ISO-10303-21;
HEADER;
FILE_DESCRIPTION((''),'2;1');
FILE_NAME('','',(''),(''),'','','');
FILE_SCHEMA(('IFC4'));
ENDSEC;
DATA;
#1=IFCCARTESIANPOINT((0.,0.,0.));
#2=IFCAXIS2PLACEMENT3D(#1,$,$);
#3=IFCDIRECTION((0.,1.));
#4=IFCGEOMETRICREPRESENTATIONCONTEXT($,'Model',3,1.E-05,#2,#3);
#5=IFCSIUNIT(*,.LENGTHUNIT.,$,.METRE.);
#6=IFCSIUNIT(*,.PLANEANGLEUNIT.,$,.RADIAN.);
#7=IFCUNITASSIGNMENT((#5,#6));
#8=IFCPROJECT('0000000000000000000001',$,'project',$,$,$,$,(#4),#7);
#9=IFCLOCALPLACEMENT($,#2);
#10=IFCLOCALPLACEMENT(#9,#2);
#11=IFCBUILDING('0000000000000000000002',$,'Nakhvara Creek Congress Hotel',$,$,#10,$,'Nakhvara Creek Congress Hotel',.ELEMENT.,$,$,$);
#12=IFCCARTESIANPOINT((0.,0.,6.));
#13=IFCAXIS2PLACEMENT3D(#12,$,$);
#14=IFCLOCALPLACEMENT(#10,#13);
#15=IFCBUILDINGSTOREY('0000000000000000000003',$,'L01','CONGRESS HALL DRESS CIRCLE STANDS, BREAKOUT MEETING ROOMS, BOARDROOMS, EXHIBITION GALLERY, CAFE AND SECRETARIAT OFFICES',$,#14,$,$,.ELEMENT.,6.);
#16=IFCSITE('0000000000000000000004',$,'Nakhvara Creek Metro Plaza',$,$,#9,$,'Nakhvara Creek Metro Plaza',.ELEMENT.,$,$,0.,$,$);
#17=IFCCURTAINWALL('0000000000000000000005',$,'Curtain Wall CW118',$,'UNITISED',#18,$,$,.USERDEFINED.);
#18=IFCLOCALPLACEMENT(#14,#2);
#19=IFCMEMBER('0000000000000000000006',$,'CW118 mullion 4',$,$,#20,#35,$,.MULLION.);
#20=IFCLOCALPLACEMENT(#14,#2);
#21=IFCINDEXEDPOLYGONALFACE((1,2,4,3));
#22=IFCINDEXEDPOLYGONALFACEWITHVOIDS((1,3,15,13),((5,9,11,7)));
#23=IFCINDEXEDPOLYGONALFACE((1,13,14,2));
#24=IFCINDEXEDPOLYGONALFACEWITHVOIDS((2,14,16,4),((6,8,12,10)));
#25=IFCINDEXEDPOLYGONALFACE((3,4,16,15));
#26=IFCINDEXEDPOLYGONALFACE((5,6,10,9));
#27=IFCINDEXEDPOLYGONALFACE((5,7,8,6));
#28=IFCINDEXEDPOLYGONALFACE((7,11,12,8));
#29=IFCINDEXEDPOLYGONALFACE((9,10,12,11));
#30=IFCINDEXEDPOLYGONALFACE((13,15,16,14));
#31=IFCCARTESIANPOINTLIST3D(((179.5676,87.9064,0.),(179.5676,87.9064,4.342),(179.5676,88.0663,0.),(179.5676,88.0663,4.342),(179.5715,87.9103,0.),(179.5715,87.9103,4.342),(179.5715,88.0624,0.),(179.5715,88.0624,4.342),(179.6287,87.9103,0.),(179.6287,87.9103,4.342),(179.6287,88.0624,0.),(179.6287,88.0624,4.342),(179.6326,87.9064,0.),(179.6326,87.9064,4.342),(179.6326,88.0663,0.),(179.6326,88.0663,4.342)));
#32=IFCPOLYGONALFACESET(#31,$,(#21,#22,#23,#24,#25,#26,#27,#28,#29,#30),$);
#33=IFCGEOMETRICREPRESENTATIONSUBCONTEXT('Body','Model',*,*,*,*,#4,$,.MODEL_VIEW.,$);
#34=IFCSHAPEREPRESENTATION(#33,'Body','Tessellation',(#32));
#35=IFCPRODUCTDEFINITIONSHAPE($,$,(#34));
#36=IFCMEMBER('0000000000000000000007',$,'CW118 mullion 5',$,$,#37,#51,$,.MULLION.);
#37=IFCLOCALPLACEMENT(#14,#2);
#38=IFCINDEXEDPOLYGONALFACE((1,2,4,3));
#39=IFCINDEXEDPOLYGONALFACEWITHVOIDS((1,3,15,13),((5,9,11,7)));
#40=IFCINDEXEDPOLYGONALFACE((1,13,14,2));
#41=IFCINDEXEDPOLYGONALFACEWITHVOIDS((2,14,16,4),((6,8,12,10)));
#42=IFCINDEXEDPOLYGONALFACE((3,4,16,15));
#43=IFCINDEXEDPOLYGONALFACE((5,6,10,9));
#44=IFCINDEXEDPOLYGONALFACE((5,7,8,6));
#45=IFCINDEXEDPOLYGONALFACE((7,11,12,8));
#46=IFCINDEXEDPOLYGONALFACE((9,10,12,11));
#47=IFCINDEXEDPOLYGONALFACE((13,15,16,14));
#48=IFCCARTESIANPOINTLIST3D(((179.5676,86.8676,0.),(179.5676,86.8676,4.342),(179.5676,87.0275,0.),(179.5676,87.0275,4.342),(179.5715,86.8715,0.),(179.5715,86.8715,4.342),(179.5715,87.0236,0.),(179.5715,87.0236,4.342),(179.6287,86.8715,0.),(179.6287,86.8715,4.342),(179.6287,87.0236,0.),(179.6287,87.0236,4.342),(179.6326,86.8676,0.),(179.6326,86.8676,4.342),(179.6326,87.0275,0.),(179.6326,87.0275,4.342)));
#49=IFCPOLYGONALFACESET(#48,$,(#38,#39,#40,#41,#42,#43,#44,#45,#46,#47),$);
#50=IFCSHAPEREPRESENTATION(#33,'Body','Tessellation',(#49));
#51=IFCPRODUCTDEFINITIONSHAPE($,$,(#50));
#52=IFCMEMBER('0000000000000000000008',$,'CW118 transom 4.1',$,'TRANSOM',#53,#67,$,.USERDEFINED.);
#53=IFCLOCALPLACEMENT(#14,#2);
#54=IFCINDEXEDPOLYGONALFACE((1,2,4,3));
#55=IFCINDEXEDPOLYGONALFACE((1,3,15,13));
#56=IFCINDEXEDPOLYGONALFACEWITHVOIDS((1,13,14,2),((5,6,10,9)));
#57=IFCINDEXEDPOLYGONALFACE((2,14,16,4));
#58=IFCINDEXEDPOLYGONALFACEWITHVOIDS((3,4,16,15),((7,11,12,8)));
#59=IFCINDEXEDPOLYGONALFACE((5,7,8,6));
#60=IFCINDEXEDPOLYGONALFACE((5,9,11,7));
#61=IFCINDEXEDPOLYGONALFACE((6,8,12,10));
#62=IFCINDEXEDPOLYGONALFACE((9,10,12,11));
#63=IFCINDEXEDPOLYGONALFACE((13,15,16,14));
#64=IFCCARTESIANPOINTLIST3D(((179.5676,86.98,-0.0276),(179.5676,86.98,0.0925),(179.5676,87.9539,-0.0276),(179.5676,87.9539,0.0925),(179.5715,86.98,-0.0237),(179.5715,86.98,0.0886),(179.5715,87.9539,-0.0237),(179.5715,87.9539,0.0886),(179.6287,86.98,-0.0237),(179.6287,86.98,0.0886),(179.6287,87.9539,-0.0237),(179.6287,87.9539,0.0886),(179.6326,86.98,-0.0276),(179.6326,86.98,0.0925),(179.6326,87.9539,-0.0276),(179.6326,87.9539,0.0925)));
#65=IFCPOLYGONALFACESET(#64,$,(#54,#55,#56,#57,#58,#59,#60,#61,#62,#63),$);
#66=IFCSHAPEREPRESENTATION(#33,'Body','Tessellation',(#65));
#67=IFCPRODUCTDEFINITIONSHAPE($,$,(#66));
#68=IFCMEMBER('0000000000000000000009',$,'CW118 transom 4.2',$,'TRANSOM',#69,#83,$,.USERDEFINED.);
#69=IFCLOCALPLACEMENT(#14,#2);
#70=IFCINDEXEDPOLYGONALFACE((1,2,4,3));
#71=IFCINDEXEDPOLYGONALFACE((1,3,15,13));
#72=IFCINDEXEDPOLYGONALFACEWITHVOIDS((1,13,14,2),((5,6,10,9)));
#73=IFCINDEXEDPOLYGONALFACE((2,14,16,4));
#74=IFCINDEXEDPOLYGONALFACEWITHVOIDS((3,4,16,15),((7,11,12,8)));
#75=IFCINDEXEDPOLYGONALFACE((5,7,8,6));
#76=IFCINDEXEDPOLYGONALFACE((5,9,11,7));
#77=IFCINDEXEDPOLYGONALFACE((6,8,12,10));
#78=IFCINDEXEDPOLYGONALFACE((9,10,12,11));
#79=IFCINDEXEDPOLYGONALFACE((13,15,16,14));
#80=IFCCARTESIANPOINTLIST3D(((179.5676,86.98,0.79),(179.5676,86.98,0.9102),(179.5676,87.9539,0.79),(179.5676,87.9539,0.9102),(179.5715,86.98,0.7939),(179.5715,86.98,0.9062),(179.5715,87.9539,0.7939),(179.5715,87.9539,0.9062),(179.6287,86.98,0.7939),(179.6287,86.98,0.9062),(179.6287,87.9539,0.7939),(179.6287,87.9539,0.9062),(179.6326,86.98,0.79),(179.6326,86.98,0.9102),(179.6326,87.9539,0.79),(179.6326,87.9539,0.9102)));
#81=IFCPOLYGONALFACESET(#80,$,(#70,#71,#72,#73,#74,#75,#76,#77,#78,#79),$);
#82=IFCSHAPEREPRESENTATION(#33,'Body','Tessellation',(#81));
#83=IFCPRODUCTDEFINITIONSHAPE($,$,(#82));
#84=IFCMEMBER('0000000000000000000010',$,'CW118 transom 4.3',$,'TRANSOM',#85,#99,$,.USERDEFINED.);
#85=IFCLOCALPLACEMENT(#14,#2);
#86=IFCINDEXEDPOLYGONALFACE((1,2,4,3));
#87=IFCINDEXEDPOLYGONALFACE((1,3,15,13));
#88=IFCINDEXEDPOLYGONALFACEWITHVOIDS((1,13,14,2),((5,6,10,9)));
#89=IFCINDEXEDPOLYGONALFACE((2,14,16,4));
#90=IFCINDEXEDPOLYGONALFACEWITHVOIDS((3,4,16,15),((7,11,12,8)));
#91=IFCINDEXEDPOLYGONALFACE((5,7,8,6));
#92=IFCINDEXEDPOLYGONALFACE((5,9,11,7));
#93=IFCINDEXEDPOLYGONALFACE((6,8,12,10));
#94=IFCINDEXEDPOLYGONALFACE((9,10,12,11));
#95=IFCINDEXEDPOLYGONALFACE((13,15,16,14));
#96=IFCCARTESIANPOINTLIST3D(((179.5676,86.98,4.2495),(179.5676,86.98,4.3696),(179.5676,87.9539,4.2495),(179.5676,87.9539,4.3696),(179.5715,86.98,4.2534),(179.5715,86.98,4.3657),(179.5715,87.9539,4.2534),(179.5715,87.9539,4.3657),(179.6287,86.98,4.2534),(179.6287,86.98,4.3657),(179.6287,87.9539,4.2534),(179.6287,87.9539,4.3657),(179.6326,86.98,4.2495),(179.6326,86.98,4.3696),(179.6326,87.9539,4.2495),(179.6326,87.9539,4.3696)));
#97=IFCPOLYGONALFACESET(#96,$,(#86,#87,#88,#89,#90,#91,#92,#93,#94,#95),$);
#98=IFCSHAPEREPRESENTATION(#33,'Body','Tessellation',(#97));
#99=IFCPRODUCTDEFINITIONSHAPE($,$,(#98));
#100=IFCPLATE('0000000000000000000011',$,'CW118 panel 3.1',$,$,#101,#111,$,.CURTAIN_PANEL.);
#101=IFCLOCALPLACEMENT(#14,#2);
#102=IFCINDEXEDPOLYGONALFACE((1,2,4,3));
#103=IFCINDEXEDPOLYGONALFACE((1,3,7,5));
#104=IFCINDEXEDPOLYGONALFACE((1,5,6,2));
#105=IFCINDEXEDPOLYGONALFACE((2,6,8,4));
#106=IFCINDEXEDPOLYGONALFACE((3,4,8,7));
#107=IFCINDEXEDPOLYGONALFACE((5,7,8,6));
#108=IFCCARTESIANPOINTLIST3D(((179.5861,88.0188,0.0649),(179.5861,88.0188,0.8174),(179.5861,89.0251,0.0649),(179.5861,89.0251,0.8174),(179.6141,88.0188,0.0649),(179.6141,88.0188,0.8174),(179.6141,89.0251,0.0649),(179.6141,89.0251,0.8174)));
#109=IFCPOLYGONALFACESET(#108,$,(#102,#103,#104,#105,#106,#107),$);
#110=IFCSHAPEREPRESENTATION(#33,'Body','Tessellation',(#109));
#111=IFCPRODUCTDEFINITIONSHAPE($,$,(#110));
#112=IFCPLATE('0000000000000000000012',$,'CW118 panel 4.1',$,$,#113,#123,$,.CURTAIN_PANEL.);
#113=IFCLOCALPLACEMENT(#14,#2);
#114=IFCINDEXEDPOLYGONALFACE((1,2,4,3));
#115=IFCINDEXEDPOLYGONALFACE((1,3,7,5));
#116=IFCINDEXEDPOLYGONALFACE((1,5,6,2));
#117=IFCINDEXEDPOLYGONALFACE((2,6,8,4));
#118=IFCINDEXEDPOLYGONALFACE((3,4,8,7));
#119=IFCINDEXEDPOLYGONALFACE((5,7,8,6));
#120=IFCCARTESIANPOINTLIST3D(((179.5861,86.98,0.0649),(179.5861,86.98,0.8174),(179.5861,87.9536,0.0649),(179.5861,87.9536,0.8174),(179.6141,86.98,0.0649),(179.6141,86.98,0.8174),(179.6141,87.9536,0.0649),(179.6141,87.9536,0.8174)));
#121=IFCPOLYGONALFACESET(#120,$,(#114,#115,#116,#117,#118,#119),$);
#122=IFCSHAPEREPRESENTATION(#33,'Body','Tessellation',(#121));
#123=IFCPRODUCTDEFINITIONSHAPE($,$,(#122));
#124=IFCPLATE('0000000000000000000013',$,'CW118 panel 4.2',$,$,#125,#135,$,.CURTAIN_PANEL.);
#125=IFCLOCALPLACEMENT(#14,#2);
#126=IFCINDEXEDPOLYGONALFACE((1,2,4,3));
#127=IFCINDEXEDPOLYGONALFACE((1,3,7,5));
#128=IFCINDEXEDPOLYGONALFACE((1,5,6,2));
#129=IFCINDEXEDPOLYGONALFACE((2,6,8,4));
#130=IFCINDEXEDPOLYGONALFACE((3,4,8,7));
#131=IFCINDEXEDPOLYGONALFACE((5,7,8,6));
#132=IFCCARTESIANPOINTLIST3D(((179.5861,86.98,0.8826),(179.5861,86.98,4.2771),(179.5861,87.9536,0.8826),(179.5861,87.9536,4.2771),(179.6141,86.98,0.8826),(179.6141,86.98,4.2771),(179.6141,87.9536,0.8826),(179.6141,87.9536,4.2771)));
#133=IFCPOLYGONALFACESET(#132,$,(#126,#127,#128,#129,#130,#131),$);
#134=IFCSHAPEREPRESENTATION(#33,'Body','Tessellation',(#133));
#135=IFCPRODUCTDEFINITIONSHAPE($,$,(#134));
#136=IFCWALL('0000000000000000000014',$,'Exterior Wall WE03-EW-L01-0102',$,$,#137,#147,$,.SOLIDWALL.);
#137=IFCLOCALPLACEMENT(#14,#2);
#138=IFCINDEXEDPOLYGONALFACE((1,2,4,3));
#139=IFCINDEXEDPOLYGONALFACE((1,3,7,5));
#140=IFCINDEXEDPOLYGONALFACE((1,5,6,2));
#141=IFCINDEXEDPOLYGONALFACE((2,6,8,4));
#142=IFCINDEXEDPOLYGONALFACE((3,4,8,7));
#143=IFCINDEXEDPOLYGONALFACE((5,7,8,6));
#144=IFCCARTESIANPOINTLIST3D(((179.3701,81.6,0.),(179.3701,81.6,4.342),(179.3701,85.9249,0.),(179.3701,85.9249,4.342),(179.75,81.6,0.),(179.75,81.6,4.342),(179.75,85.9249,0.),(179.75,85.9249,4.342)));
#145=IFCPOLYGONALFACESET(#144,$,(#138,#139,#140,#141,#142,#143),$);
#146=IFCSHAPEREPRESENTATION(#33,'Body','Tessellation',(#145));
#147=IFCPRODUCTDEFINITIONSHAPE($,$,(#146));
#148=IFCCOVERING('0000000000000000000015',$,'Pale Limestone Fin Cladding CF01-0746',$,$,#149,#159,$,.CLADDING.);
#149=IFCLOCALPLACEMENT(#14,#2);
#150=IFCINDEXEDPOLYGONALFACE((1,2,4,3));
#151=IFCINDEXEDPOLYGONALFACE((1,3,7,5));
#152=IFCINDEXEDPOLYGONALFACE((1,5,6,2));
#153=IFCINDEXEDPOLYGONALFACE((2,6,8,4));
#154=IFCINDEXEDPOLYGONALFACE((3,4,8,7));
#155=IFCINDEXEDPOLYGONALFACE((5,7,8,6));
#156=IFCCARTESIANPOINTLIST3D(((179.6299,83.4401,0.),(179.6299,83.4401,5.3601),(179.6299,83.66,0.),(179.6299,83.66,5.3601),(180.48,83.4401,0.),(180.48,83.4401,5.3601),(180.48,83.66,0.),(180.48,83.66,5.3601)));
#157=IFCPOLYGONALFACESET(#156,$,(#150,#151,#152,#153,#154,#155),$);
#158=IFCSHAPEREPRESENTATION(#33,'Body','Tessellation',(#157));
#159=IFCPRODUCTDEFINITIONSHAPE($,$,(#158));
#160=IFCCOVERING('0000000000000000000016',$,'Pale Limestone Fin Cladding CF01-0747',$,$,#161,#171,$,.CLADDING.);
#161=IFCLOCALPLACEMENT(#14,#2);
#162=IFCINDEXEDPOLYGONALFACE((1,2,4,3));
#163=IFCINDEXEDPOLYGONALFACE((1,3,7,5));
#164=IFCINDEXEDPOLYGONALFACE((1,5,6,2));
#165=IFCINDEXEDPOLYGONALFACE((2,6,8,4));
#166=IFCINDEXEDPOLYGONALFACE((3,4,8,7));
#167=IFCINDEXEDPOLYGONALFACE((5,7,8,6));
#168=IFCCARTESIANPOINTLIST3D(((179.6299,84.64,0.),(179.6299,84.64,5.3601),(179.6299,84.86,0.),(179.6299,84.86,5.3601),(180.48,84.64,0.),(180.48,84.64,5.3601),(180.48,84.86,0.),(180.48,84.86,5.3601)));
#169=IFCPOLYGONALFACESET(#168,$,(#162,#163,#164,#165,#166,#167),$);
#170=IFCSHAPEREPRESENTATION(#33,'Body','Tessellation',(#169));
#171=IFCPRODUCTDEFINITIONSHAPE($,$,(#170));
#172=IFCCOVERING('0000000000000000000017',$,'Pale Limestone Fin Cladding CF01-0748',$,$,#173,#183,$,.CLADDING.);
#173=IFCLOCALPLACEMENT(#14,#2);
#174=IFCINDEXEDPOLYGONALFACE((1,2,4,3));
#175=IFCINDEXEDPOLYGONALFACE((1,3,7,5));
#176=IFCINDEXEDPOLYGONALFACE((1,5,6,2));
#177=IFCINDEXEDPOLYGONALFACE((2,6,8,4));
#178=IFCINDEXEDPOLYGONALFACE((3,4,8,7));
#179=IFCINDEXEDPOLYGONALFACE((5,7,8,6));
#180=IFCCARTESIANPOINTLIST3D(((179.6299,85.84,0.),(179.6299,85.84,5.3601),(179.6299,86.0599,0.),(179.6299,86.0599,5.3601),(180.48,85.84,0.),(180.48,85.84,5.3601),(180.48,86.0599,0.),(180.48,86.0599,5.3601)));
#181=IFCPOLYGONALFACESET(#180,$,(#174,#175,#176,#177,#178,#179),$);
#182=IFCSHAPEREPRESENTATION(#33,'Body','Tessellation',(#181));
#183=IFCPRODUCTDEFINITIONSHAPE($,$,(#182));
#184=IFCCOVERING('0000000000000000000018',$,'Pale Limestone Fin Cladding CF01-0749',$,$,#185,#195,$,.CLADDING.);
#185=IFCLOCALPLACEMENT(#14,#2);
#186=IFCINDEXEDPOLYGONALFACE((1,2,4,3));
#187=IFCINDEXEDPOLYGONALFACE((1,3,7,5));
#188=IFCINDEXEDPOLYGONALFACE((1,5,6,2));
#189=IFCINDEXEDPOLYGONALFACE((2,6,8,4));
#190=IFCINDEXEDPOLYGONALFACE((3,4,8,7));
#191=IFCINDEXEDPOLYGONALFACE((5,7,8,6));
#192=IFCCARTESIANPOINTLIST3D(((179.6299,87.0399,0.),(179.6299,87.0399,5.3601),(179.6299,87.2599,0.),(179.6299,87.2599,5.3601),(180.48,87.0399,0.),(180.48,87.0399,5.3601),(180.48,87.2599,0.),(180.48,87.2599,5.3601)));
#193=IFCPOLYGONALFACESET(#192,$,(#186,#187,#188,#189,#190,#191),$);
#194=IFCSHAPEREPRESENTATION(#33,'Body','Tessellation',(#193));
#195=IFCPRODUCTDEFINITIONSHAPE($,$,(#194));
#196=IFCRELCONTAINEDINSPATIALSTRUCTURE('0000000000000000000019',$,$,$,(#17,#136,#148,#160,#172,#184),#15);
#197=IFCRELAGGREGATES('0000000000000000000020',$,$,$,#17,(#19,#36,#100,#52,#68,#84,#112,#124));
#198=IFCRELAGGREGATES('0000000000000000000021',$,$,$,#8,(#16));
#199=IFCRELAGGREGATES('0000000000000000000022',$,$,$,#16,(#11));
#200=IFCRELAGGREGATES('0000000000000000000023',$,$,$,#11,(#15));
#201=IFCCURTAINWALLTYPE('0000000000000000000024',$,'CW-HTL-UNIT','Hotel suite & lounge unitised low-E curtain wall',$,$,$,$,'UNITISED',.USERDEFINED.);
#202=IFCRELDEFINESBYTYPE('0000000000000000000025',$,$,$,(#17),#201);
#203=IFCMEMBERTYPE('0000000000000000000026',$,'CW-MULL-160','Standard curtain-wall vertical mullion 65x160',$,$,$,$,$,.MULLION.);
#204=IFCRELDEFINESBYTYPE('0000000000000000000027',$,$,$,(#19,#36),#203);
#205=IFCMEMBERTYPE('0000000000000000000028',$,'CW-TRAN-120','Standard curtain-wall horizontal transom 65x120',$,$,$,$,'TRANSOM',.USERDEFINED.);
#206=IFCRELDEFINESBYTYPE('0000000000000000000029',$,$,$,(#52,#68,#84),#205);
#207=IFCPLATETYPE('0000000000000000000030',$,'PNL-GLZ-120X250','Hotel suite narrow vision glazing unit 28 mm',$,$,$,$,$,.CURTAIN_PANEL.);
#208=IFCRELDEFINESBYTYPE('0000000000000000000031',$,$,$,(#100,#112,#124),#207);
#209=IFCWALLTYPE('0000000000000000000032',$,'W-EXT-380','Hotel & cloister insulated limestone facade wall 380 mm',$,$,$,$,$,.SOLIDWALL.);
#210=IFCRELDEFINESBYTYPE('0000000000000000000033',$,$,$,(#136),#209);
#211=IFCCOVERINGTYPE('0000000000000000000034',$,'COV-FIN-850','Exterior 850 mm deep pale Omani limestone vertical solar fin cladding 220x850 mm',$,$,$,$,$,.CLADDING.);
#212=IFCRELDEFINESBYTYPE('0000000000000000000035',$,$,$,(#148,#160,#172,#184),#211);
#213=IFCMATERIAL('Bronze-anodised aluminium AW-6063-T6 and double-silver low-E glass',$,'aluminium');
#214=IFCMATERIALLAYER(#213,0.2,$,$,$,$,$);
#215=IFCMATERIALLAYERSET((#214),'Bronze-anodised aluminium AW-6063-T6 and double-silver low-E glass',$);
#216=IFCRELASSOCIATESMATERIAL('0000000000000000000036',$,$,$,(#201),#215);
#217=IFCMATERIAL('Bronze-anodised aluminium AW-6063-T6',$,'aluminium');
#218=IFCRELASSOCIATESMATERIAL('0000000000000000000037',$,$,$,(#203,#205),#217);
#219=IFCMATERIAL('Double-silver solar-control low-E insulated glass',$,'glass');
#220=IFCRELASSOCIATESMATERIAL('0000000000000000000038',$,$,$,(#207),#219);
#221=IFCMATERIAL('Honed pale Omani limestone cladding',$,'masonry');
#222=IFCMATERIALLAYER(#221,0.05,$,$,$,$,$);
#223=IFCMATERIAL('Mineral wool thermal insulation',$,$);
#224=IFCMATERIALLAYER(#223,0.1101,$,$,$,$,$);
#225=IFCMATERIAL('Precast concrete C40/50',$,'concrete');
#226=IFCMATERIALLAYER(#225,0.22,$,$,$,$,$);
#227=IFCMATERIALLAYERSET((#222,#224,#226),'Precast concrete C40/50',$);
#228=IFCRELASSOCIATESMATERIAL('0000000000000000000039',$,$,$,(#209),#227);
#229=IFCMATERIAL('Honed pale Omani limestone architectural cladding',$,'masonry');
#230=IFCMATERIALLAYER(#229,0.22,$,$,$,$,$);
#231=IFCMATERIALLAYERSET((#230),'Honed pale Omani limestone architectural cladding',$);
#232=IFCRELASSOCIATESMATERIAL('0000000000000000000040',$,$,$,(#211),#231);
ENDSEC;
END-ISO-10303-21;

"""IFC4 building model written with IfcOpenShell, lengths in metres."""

from ifc_helpers import new_model, si_unit, direction, frame, frame_2d, origin, origin_2d, place, context, subcontext, project, spatial, rectangle, hollow_rectangle, extrude, material, layer, layer_set, material_profile, profile_set, type_object, element, aggregate, save


model = new_model("IFC4")

# Units and contexts
model_context = context("Model", 3, precision=1e-05, world=origin(), true_north=direction((0.0, 1.0)))
body_context = subcontext(model_context, "Body", "Model", "MODEL_VIEW")
ifc_project = project(units=[si_unit("LENGTHUNIT", "METRE"), si_unit("PLANEANGLEUNIT", "RADIAN")], contexts=[model_context])

# Site, building, storey
site_placement = place(None, origin())
site = spatial("IfcSite", under=ifc_project, at=site_placement, Name="Nakhvara Creek Metro Plaza", LongName="Nakhvara Creek Metro Plaza", CompositionType="ELEMENT", RefElevation=0.0)
building_placement = place(site_placement, origin())
building = spatial("IfcBuilding", under=site, at=building_placement, Name="Nakhvara Creek Congress Hotel", LongName="Nakhvara Creek Congress Hotel", CompositionType="ELEMENT")
storey_placement = place(building_placement, frame((0.0, 0.0, 6.0)))
storey = spatial("IfcBuildingStorey", under=building, at=storey_placement, Name="L01", Description="CONGRESS HALL DRESS CIRCLE STANDS, BREAKOUT MEETING ROOMS, BOARDROOMS, EXHIBITION GALLERY, CAFE AND SECRETARIAT OFFICES", CompositionType="ELEMENT", Elevation=6.0)

# Curtain wall, members, plates
ifc_material_1 = material(Name="Bronze-anodised aluminium AW-6063-T6 and double-silver low-E glass", Category="aluminium")
ifc_layer_1 = layer(ifc_material_1, 0.2)
ifc_layer_set_1 = layer_set([ifc_layer_1], Name="Bronze-anodised aluminium AW-6063-T6 and double-silver low-E glass")
curtain_wall_type = type_object("IfcCurtainWallType", Name="CW-HTL-UNIT", Description="Hotel suite & lounge unitised low-E curtain wall", ElementType="UNITISED", PredefinedType="USERDEFINED", material=ifc_layer_set_1)
curtain_wall_placement = place(storey_placement, origin())
curtain_wall = element("IfcCurtainWall", 1, at=curtain_wall_placement, inside=storey, type_object=curtain_wall_type, Name="Curtain Wall CW118", ObjectType="UNITISED", PredefinedType="USERDEFINED")
ifc_material_2 = material(Name="Bronze-anodised aluminium AW-6063-T6", Category="aluminium")
ifc_material_profile_1 = material_profile(ifc_material_2, hollow_rectangle(XDim=0.0649, YDim=0.1599, WallThickness=0.0039, at=origin_2d()), Name="ALU-MULL 65x160x4", Category="LoadBearing")
ifc_profile_set_1 = profile_set([ifc_material_profile_1], Name="Bronze-anodised aluminium AW-6063-T6")
member_type_1 = type_object("IfcMemberType", Name="CW-MULL-160", Description="Standard curtain-wall vertical mullion 65x160", PredefinedType="MULLION", material=ifc_profile_set_1)
member_1_placement = place(storey_placement, frame((179.6001, 87.9863, 0.0), z_axis=(0.0, 0.0, 1.0), x_axis=(1.0, 0.0, 0.0)))
member_1 = element("IfcMember", 2, at=member_1_placement, type_object=member_type_1, Name="CW118 mullion 4", PredefinedType="MULLION", context=body_context, shape_type="SweptSolid", body=[
    extrude(hollow_rectangle(XDim=0.0649, YDim=0.1599, WallThickness=0.0039, at=origin_2d()), origin(), (0.0, 0.0, 1.0), 4.342),
])
member_2_placement = place(storey_placement, frame((179.6001, 86.9475, 0.0), z_axis=(0.0, 0.0, 1.0), x_axis=(1.0, 0.0, 0.0)))
member_2 = element("IfcMember", 3, at=member_2_placement, type_object=member_type_1, Name="CW118 mullion 5", PredefinedType="MULLION", context=body_context, shape_type="SweptSolid", body=[
    extrude(hollow_rectangle(XDim=0.0649, YDim=0.1599, WallThickness=0.0039, at=origin_2d()), origin(), (0.0, 0.0, 1.0), 4.342),
])
ifc_material_profile_2 = material_profile(ifc_material_2, hollow_rectangle(XDim=0.0649, YDim=0.1201, WallThickness=0.0039, at=origin_2d()), Name="ALU-TRAN 65x120x4", Category="LoadBearing")
ifc_profile_set_2 = profile_set([ifc_material_profile_2], Name="Bronze-anodised aluminium AW-6063-T6")
member_type_2 = type_object("IfcMemberType", Name="CW-TRAN-120", Description="Standard curtain-wall horizontal transom 65x120", ElementType="TRANSOM", PredefinedType="USERDEFINED", material=ifc_profile_set_2)
member_3_placement = place(storey_placement, frame((179.6001, 87.9539, 0.0325), z_axis=(0.0, -1.0, 0.0), x_axis=(1.0, 0.0, 0.0)))
member_3 = element("IfcMember", 4, at=member_3_placement, type_object=member_type_2, Name="CW118 transom 4.1", ObjectType="TRANSOM", PredefinedType="USERDEFINED", context=body_context, shape_type="SweptSolid", body=[
    extrude(hollow_rectangle(XDim=0.0649, YDim=0.1201, WallThickness=0.0039, at=origin_2d()), origin(), (0.0, 0.0, 1.0), 0.9739),
])
member_4_placement = place(storey_placement, frame((179.6001, 87.9539, 0.8501), z_axis=(0.0, -1.0, 0.0), x_axis=(1.0, 0.0, 0.0)))
member_4 = element("IfcMember", 5, at=member_4_placement, type_object=member_type_2, Name="CW118 transom 4.2", ObjectType="TRANSOM", PredefinedType="USERDEFINED", context=body_context, shape_type="SweptSolid", body=[
    extrude(hollow_rectangle(XDim=0.0649, YDim=0.1201, WallThickness=0.0039, at=origin_2d()), origin(), (0.0, 0.0, 1.0), 0.9739),
])
member_5_placement = place(storey_placement, frame((179.6001, 87.9539, 4.3096), z_axis=(0.0, -1.0, 0.0), x_axis=(1.0, 0.0, 0.0)))
member_5 = element("IfcMember", 6, at=member_5_placement, type_object=member_type_2, Name="CW118 transom 4.3", ObjectType="TRANSOM", PredefinedType="USERDEFINED", context=body_context, shape_type="SweptSolid", body=[
    extrude(hollow_rectangle(XDim=0.0649, YDim=0.1201, WallThickness=0.0039, at=origin_2d()), origin(), (0.0, 0.0, 1.0), 0.9739),
])
ifc_material_3 = material(Name="Double-silver solar-control low-E insulated glass", Category="glass")
plate_type = type_object("IfcPlateType", Name="PNL-GLZ-120X250", Description="Hotel suite narrow vision glazing unit 28 mm", PredefinedType="CURTAIN_PANEL", material=ifc_material_3)
plate_1_placement = place(storey_placement, frame((179.6001, 88.522, 0.0649), z_axis=(0.0, 0.0, 1.0), x_axis=(0.0, -1.0, 0.0)))
plate_1 = element("IfcPlate", 7, at=plate_1_placement, type_object=plate_type, Name="CW118 panel 3.1", PredefinedType="CURTAIN_PANEL", context=body_context, shape_type="SweptSolid", body=[
    extrude(rectangle(XDim=1.0063, YDim=0.0281, at=origin_2d()), origin(), (0.0, 0.0, 1.0), 0.7524),
])
plate_2_placement = place(storey_placement, frame((179.6001, 87.4668, 0.0649), z_axis=(0.0, 0.0, 1.0), x_axis=(0.0, -1.0, 0.0)))
plate_2 = element("IfcPlate", 8, at=plate_2_placement, type_object=plate_type, Name="CW118 panel 4.1", PredefinedType="CURTAIN_PANEL", context=body_context, shape_type="SweptSolid", body=[
    extrude(rectangle(XDim=0.9736, YDim=0.0281, at=origin_2d()), origin(), (0.0, 0.0, 1.0), 0.7524),
])
plate_3_placement = place(storey_placement, frame((179.6001, 87.4668, 0.8826), z_axis=(0.0, 0.0, 1.0), x_axis=(0.0, -1.0, 0.0)))
plate_3 = element("IfcPlate", 9, at=plate_3_placement, type_object=plate_type, Name="CW118 panel 4.2", PredefinedType="CURTAIN_PANEL", context=body_context, shape_type="SweptSolid", body=[
    extrude(rectangle(XDim=0.9736, YDim=0.0281, at=origin_2d()), origin(), (0.0, 0.0, 1.0), 3.3945),
])
aggregate(curtain_wall, [member_1, member_2, plate_1, member_3, member_4, member_5, plate_2, plate_3])

# Wall
ifc_material_4 = material(Name="Honed pale Omani limestone cladding", Category="masonry")
ifc_layer_2 = layer(ifc_material_4, 0.05)
ifc_material_5 = material(Name="Mineral wool thermal insulation")
ifc_layer_3 = layer(ifc_material_5, 0.1101)
ifc_material_6 = material(Name="Precast concrete C40/50", Category="concrete")
ifc_layer_4 = layer(ifc_material_6, 0.22)
ifc_layer_set_2 = layer_set([ifc_layer_2, ifc_layer_3, ifc_layer_4], Name="Precast concrete C40/50")
wall_type = type_object("IfcWallType", Name="W-EXT-380", Description="Hotel & cloister insulated limestone facade wall 380 mm", PredefinedType="SOLIDWALL", material=ifc_layer_set_2)
wall_placement = place(storey_placement, frame((179.5601, 85.925, 0.0), z_axis=(0.0, 0.0, 1.0), x_axis=(0.0, -1.0, 0.0)))
element("IfcWall", 10, at=wall_placement, inside=storey, type_object=wall_type, Name="Exterior Wall WE03-EW-L01-0102", PredefinedType="SOLIDWALL", context=body_context, shape_type="SweptSolid", body=[
    extrude(rectangle(XDim=4.325, YDim=0.3799, at=frame_2d((2.1626, 0.0))), origin(), (0.0, 0.0, 1.0), 4.342),
])

# Coverings
ifc_material_7 = material(Name="Honed pale Omani limestone architectural cladding", Category="masonry")
ifc_layer_5 = layer(ifc_material_7, 0.22)
ifc_layer_set_3 = layer_set([ifc_layer_5], Name="Honed pale Omani limestone architectural cladding")
covering_type = type_object("IfcCoveringType", Name="COV-FIN-850", Description="Exterior 850 mm deep pale Omani limestone vertical solar fin cladding 220x850 mm", PredefinedType="CLADDING", material=ifc_layer_set_3)
for number, where, z_axis, x_axis, name in (
    (11, (180.0549, 83.55, 0.0), (0.0, 0.0, 1.0), (0.0, 1.0, 0.0), "Pale Limestone Fin Cladding CF01-0746"),
    (12, (180.0549, 84.75, 0.0), (0.0, 0.0, 1.0), (0.0, 1.0, 0.0), "Pale Limestone Fin Cladding CF01-0747"),
    (13, (180.0549, 85.95, 0.0), (0.0, 0.0, 1.0), (0.0, 1.0, 0.0), "Pale Limestone Fin Cladding CF01-0748"),
    (14, (180.0549, 87.1499, 0.0), (0.0, 0.0, 1.0), (0.0, 1.0, 0.0), "Pale Limestone Fin Cladding CF01-0749"),
):
    element("IfcCovering", number, at=place(storey_placement, frame(where, z_axis=z_axis, x_axis=x_axis)), inside=storey, type_object=covering_type, Name=name, PredefinedType="CLADDING", context=body_context, shape_type="SweptSolid", body=[
        extrude(rectangle(XDim=0.22, YDim=0.8501, at=origin_2d()), origin(), (0.0, 0.0, 1.0), 5.3601),
    ])

save(model, "model.ifc")
